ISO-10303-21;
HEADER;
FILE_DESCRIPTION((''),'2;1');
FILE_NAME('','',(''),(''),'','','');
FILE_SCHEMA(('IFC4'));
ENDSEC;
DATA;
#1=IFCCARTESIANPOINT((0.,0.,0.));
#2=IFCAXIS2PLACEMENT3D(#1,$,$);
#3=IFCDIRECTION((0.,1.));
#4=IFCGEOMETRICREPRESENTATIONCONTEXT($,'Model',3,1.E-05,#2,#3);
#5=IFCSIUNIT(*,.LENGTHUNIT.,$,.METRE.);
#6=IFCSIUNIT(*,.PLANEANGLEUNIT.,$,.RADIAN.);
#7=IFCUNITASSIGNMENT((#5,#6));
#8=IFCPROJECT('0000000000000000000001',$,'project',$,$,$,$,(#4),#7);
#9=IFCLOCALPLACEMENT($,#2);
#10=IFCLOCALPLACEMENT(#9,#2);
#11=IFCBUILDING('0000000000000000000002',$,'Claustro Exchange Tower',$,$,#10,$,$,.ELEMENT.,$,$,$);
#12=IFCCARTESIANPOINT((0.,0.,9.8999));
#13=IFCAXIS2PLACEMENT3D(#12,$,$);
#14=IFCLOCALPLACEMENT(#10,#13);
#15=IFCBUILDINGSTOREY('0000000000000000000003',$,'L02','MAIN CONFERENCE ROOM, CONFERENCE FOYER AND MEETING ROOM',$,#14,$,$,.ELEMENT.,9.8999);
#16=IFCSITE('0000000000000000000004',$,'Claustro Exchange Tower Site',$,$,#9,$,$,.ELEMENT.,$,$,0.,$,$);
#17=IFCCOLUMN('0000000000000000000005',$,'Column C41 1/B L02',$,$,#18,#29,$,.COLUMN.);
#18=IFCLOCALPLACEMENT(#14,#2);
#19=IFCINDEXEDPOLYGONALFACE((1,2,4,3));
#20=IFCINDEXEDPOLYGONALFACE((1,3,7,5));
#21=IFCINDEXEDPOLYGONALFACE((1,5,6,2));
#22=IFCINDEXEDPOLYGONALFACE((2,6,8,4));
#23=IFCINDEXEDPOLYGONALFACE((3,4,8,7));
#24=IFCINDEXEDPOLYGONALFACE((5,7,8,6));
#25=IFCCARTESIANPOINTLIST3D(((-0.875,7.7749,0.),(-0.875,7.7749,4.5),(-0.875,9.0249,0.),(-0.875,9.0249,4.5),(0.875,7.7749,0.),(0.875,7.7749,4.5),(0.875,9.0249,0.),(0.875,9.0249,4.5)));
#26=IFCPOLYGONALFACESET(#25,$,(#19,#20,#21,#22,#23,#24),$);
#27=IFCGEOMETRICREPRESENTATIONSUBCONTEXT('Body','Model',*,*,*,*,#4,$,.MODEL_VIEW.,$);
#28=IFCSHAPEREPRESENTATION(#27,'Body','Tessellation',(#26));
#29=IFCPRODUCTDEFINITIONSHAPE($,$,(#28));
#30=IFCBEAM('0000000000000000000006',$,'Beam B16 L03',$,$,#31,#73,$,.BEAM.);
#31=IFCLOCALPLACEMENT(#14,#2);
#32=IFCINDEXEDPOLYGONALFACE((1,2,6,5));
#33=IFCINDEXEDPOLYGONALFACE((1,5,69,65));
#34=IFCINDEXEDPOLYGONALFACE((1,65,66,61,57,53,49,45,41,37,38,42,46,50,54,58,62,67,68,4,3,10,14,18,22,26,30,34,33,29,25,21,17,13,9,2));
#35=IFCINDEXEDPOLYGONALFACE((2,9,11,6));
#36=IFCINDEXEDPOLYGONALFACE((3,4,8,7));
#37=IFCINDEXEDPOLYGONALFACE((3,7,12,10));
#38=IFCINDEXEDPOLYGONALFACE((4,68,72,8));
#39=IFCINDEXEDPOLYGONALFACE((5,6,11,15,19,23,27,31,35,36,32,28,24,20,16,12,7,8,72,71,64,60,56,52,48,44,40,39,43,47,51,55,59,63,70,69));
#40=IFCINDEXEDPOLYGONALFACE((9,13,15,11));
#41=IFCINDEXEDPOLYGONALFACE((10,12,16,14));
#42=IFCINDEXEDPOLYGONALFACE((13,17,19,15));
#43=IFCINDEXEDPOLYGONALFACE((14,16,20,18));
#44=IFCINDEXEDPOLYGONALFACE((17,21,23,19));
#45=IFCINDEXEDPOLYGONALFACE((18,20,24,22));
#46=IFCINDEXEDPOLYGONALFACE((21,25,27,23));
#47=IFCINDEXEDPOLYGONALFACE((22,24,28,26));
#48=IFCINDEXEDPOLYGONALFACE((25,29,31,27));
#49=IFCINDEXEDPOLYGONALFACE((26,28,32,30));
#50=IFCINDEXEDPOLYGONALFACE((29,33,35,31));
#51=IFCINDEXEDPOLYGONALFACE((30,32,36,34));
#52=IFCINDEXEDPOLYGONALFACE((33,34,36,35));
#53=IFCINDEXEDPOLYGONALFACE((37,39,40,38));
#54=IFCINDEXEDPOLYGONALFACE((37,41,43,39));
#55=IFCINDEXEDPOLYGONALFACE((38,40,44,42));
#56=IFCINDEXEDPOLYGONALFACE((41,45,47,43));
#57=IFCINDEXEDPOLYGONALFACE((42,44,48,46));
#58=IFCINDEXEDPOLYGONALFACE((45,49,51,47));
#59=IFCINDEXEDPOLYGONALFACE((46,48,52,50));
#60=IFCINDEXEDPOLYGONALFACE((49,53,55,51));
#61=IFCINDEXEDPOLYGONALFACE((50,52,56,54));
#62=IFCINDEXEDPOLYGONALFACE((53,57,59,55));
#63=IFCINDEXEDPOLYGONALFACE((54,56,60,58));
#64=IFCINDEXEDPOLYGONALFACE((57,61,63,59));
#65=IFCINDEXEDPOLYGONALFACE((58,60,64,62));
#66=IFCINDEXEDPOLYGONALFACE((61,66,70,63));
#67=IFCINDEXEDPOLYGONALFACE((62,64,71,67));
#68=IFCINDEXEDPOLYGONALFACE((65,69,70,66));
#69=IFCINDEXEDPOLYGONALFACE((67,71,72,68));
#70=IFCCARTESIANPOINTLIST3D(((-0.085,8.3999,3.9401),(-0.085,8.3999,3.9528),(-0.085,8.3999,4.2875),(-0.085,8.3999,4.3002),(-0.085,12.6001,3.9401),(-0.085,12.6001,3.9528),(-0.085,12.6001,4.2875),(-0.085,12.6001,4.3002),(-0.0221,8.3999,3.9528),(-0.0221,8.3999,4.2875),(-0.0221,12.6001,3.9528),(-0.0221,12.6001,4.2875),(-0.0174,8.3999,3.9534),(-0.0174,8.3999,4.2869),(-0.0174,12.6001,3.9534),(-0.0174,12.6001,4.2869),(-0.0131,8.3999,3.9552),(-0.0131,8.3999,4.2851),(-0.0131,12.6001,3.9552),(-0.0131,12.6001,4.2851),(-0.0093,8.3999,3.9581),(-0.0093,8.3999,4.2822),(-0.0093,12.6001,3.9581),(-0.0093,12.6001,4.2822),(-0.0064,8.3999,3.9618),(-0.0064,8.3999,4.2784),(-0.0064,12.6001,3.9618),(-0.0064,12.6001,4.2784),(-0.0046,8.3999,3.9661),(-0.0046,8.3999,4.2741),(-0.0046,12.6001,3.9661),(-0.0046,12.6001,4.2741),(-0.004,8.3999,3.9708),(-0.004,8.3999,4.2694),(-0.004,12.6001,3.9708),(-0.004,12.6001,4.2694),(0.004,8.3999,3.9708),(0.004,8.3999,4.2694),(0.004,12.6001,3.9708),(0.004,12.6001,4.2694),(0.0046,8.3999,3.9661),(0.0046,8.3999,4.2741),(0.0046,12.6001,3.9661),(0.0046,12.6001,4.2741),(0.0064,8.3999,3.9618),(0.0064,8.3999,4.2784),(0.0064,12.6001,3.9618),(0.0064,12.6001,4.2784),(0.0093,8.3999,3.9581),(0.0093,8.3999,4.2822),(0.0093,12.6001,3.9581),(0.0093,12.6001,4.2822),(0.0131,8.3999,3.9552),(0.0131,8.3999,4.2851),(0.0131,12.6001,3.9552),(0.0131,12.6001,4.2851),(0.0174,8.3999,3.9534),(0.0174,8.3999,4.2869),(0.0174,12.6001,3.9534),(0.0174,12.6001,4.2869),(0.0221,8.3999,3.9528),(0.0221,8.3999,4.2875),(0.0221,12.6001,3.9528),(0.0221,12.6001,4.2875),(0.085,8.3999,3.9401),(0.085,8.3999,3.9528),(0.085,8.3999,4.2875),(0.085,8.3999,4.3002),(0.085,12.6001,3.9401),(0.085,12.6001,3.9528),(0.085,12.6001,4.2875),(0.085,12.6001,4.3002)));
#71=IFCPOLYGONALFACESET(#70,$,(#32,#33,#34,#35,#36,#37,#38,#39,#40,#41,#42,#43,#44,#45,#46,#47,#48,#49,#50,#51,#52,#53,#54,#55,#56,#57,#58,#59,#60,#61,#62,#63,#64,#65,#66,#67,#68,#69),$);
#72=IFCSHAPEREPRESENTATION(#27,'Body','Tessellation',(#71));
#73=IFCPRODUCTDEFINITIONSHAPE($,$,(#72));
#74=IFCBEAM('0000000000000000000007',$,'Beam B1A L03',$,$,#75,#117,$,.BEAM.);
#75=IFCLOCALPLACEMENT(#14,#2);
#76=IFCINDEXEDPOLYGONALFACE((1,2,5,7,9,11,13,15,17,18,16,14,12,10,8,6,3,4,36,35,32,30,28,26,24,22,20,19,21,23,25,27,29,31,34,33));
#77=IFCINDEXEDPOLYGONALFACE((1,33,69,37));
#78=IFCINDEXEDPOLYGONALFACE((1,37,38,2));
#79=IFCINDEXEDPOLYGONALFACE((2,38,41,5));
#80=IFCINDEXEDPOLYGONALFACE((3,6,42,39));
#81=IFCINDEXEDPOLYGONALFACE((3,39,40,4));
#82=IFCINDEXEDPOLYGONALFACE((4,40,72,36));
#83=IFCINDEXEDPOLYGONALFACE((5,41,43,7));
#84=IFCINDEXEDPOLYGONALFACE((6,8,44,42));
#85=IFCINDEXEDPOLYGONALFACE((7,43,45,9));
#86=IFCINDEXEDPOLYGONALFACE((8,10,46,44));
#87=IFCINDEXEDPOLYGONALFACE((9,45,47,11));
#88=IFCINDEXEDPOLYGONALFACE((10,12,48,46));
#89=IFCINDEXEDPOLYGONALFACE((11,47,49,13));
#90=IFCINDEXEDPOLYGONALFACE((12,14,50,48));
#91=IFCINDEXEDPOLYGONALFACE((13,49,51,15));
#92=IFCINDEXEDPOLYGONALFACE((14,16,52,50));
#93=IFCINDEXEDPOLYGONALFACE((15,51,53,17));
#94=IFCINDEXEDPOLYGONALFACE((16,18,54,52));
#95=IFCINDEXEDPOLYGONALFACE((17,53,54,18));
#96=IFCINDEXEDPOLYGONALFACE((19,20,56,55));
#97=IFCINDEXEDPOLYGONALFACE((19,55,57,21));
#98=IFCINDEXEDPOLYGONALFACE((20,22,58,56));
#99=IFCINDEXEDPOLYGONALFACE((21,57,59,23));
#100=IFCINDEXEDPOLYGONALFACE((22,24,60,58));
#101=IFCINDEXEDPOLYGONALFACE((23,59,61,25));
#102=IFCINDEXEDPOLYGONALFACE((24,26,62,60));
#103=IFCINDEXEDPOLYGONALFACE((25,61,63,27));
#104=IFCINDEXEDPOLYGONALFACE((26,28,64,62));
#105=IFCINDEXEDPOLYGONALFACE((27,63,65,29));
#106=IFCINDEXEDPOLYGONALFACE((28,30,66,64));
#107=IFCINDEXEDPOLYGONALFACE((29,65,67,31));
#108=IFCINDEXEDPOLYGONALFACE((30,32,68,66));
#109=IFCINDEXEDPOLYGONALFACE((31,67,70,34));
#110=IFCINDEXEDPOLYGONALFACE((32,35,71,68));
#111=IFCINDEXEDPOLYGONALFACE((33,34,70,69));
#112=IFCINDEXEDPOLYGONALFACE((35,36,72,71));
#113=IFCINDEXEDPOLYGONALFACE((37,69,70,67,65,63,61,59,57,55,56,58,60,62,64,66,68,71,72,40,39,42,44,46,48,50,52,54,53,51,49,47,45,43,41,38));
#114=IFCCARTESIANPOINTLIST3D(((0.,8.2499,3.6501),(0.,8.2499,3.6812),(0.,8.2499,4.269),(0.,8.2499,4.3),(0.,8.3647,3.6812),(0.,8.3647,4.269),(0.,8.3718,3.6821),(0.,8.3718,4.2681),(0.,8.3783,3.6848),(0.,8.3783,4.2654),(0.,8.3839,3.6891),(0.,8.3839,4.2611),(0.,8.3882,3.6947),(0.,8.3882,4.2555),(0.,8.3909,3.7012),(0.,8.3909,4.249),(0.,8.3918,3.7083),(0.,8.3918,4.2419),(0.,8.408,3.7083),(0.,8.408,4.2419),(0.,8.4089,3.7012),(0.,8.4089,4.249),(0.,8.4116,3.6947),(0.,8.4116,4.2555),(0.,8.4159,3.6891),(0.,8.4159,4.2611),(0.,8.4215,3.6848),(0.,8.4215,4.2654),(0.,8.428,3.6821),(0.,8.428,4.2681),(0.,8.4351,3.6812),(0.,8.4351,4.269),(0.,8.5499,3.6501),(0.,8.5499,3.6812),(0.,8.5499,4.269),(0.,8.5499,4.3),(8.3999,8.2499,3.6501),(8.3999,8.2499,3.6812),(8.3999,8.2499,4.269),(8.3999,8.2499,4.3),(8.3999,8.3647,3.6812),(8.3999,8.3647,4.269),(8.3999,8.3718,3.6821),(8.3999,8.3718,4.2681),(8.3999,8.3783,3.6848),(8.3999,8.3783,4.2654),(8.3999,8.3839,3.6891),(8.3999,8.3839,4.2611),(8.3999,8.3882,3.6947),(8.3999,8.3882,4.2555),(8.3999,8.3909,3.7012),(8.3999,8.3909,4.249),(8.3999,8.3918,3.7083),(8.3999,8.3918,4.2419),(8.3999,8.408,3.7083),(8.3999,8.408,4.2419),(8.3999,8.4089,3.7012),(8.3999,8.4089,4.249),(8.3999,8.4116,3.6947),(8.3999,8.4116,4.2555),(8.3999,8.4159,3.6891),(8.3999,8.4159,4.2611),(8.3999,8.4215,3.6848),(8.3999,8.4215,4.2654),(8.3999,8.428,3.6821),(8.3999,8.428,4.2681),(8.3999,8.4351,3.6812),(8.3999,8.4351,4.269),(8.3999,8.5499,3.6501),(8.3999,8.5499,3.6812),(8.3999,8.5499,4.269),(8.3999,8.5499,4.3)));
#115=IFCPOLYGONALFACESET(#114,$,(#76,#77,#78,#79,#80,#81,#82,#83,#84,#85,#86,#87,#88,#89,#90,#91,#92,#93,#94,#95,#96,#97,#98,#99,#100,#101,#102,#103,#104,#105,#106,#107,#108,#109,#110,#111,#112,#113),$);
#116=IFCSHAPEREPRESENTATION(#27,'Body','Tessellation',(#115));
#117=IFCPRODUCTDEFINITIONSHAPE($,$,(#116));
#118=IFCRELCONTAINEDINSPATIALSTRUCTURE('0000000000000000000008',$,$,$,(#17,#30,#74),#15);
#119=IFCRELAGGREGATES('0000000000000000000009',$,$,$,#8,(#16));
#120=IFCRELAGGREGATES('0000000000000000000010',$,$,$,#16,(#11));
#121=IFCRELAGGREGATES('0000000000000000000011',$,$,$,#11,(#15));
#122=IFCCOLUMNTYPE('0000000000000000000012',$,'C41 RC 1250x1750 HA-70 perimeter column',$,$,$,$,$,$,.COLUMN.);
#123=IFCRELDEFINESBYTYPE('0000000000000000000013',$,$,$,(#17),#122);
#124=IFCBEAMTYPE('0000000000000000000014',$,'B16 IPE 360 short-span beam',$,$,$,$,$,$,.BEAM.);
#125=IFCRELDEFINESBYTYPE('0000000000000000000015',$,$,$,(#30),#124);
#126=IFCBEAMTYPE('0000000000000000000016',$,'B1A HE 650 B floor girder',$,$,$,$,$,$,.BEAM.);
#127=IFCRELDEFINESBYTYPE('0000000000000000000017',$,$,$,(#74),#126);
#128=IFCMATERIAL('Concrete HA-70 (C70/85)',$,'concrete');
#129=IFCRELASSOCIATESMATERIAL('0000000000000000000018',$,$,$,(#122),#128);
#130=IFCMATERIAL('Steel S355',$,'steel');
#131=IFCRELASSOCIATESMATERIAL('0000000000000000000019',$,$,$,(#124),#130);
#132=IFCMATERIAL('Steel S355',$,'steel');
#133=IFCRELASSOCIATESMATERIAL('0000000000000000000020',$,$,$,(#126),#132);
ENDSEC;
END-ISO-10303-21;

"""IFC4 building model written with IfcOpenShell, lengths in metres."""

from ifc_helpers import new_model, si_unit, direction, frame, origin, origin_2d, place, context, subcontext, project, spatial, rectangle, i_section, extrude, material, material_profile, profile_set, type_object, element, save


model = new_model("IFC4")

# Units and contexts
model_context = context("Model", 3, precision=1e-05, world=origin(), true_north=direction((0.0, 1.0)))
body_context = subcontext(model_context, "Body", "Model", "MODEL_VIEW")
ifc_project = project(units=[si_unit("LENGTHUNIT", "METRE"), si_unit("PLANEANGLEUNIT", "RADIAN")], contexts=[model_context])

# Site, building, storey
site_placement = place(None, origin())
site = spatial("IfcSite", under=ifc_project, at=site_placement, Name="Claustro Exchange Tower Site", CompositionType="ELEMENT", RefElevation=0.0)
building_placement = place(site_placement, origin())
building = spatial("IfcBuilding", under=site, at=building_placement, Name="Claustro Exchange Tower", CompositionType="ELEMENT")
storey_placement = place(building_placement, frame((0.0, 0.0, 9.8999)))
storey = spatial("IfcBuildingStorey", under=building, at=storey_placement, Name="L02", Description="MAIN CONFERENCE ROOM, CONFERENCE FOYER AND MEETING ROOM", CompositionType="ELEMENT", Elevation=9.8999)

# Column
ifc_material_1 = material(Name="Concrete HA-70 (C70/85)", Category="concrete")
ifc_material_profile_1 = material_profile(ifc_material_1, rectangle(XDim=1.25, YDim=1.75, at=origin_2d()), Name="RC 1250x1750")
ifc_profile_set_1 = profile_set([ifc_material_profile_1], Name="Concrete HA-70 (C70/85)")
column_type = type_object("IfcColumnType", Name="C41 RC 1250x1750 HA-70 perimeter column", PredefinedType="COLUMN", material=ifc_profile_set_1)
column_placement = place(storey_placement, frame((0.0, 8.3999, 0.0), z_axis=(0.0, 0.0, 1.0), x_axis=(0.0, 1.0, 0.0)))
element("IfcColumn", 1, at=column_placement, inside=storey, type_object=column_type, Name="Column C41 1/B L02", PredefinedType="COLUMN", context=body_context, shape_type="SweptSolid", body=[
    extrude(rectangle(XDim=1.25, YDim=1.75, at=origin_2d()), origin(), (0.0, 0.0, 1.0), 4.5),
])

# Beams
ifc_material_2 = material(Name="Steel S355", Category="steel")
ifc_material_profile_2 = material_profile(ifc_material_2, i_section(OverallWidth=0.1699, OverallDepth=0.3601, WebThickness=0.0081, FlangeThickness=0.0127, FilletRadius=0.0181, at=origin_2d()), Name="IPE 360")
ifc_profile_set_2 = profile_set([ifc_material_profile_2], Name="Steel S355")
beam_type_1 = type_object("IfcBeamType", Name="B16 IPE 360 short-span beam", PredefinedType="BEAM", material=ifc_profile_set_2)
beam_1_placement = place(storey_placement, frame((0.0, 8.3999, 4.1201), z_axis=(0.0, 1.0, 0.0), x_axis=(-1.0, 0.0, 0.0)))
element("IfcBeam", 2, at=beam_1_placement, inside=storey, type_object=beam_type_1, Name="Beam B16 L03", PredefinedType="BEAM", context=body_context, shape_type="SweptSolid", body=[
    extrude(i_section(OverallWidth=0.1699, OverallDepth=0.3601, WebThickness=0.0081, FlangeThickness=0.0127, FilletRadius=0.0181, at=origin_2d()), origin(), (0.0, 0.0, 1.0), 4.2002),
])
ifc_material_3 = material(Name="Steel S355", Category="steel")
ifc_material_profile_3 = material_profile(ifc_material_3, i_section(OverallWidth=0.3, OverallDepth=0.6499, WebThickness=0.0161, FlangeThickness=0.031, FilletRadius=0.0271, at=origin_2d()), Name="HE 650 B")
ifc_profile_set_3 = profile_set([ifc_material_profile_3], Name="Steel S355")
beam_type_2 = type_object("IfcBeamType", Name="B1A HE 650 B floor girder", PredefinedType="BEAM", material=ifc_profile_set_3)
beam_2_placement = place(storey_placement, frame((0.0, 8.3999, 3.9751), z_axis=(1.0, 0.0, 0.0), x_axis=(0.0, 1.0, 0.0)))
element("IfcBeam", 3, at=beam_2_placement, inside=storey, type_object=beam_type_2, Name="Beam B1A L03", PredefinedType="BEAM", context=body_context, shape_type="SweptSolid", body=[
    extrude(i_section(OverallWidth=0.3, OverallDepth=0.6499, WebThickness=0.0161, FlangeThickness=0.031, FilletRadius=0.0271, at=origin_2d()), origin(), (0.0, 0.0, 1.0), 8.3999),
])

save(model, "model.ifc")
